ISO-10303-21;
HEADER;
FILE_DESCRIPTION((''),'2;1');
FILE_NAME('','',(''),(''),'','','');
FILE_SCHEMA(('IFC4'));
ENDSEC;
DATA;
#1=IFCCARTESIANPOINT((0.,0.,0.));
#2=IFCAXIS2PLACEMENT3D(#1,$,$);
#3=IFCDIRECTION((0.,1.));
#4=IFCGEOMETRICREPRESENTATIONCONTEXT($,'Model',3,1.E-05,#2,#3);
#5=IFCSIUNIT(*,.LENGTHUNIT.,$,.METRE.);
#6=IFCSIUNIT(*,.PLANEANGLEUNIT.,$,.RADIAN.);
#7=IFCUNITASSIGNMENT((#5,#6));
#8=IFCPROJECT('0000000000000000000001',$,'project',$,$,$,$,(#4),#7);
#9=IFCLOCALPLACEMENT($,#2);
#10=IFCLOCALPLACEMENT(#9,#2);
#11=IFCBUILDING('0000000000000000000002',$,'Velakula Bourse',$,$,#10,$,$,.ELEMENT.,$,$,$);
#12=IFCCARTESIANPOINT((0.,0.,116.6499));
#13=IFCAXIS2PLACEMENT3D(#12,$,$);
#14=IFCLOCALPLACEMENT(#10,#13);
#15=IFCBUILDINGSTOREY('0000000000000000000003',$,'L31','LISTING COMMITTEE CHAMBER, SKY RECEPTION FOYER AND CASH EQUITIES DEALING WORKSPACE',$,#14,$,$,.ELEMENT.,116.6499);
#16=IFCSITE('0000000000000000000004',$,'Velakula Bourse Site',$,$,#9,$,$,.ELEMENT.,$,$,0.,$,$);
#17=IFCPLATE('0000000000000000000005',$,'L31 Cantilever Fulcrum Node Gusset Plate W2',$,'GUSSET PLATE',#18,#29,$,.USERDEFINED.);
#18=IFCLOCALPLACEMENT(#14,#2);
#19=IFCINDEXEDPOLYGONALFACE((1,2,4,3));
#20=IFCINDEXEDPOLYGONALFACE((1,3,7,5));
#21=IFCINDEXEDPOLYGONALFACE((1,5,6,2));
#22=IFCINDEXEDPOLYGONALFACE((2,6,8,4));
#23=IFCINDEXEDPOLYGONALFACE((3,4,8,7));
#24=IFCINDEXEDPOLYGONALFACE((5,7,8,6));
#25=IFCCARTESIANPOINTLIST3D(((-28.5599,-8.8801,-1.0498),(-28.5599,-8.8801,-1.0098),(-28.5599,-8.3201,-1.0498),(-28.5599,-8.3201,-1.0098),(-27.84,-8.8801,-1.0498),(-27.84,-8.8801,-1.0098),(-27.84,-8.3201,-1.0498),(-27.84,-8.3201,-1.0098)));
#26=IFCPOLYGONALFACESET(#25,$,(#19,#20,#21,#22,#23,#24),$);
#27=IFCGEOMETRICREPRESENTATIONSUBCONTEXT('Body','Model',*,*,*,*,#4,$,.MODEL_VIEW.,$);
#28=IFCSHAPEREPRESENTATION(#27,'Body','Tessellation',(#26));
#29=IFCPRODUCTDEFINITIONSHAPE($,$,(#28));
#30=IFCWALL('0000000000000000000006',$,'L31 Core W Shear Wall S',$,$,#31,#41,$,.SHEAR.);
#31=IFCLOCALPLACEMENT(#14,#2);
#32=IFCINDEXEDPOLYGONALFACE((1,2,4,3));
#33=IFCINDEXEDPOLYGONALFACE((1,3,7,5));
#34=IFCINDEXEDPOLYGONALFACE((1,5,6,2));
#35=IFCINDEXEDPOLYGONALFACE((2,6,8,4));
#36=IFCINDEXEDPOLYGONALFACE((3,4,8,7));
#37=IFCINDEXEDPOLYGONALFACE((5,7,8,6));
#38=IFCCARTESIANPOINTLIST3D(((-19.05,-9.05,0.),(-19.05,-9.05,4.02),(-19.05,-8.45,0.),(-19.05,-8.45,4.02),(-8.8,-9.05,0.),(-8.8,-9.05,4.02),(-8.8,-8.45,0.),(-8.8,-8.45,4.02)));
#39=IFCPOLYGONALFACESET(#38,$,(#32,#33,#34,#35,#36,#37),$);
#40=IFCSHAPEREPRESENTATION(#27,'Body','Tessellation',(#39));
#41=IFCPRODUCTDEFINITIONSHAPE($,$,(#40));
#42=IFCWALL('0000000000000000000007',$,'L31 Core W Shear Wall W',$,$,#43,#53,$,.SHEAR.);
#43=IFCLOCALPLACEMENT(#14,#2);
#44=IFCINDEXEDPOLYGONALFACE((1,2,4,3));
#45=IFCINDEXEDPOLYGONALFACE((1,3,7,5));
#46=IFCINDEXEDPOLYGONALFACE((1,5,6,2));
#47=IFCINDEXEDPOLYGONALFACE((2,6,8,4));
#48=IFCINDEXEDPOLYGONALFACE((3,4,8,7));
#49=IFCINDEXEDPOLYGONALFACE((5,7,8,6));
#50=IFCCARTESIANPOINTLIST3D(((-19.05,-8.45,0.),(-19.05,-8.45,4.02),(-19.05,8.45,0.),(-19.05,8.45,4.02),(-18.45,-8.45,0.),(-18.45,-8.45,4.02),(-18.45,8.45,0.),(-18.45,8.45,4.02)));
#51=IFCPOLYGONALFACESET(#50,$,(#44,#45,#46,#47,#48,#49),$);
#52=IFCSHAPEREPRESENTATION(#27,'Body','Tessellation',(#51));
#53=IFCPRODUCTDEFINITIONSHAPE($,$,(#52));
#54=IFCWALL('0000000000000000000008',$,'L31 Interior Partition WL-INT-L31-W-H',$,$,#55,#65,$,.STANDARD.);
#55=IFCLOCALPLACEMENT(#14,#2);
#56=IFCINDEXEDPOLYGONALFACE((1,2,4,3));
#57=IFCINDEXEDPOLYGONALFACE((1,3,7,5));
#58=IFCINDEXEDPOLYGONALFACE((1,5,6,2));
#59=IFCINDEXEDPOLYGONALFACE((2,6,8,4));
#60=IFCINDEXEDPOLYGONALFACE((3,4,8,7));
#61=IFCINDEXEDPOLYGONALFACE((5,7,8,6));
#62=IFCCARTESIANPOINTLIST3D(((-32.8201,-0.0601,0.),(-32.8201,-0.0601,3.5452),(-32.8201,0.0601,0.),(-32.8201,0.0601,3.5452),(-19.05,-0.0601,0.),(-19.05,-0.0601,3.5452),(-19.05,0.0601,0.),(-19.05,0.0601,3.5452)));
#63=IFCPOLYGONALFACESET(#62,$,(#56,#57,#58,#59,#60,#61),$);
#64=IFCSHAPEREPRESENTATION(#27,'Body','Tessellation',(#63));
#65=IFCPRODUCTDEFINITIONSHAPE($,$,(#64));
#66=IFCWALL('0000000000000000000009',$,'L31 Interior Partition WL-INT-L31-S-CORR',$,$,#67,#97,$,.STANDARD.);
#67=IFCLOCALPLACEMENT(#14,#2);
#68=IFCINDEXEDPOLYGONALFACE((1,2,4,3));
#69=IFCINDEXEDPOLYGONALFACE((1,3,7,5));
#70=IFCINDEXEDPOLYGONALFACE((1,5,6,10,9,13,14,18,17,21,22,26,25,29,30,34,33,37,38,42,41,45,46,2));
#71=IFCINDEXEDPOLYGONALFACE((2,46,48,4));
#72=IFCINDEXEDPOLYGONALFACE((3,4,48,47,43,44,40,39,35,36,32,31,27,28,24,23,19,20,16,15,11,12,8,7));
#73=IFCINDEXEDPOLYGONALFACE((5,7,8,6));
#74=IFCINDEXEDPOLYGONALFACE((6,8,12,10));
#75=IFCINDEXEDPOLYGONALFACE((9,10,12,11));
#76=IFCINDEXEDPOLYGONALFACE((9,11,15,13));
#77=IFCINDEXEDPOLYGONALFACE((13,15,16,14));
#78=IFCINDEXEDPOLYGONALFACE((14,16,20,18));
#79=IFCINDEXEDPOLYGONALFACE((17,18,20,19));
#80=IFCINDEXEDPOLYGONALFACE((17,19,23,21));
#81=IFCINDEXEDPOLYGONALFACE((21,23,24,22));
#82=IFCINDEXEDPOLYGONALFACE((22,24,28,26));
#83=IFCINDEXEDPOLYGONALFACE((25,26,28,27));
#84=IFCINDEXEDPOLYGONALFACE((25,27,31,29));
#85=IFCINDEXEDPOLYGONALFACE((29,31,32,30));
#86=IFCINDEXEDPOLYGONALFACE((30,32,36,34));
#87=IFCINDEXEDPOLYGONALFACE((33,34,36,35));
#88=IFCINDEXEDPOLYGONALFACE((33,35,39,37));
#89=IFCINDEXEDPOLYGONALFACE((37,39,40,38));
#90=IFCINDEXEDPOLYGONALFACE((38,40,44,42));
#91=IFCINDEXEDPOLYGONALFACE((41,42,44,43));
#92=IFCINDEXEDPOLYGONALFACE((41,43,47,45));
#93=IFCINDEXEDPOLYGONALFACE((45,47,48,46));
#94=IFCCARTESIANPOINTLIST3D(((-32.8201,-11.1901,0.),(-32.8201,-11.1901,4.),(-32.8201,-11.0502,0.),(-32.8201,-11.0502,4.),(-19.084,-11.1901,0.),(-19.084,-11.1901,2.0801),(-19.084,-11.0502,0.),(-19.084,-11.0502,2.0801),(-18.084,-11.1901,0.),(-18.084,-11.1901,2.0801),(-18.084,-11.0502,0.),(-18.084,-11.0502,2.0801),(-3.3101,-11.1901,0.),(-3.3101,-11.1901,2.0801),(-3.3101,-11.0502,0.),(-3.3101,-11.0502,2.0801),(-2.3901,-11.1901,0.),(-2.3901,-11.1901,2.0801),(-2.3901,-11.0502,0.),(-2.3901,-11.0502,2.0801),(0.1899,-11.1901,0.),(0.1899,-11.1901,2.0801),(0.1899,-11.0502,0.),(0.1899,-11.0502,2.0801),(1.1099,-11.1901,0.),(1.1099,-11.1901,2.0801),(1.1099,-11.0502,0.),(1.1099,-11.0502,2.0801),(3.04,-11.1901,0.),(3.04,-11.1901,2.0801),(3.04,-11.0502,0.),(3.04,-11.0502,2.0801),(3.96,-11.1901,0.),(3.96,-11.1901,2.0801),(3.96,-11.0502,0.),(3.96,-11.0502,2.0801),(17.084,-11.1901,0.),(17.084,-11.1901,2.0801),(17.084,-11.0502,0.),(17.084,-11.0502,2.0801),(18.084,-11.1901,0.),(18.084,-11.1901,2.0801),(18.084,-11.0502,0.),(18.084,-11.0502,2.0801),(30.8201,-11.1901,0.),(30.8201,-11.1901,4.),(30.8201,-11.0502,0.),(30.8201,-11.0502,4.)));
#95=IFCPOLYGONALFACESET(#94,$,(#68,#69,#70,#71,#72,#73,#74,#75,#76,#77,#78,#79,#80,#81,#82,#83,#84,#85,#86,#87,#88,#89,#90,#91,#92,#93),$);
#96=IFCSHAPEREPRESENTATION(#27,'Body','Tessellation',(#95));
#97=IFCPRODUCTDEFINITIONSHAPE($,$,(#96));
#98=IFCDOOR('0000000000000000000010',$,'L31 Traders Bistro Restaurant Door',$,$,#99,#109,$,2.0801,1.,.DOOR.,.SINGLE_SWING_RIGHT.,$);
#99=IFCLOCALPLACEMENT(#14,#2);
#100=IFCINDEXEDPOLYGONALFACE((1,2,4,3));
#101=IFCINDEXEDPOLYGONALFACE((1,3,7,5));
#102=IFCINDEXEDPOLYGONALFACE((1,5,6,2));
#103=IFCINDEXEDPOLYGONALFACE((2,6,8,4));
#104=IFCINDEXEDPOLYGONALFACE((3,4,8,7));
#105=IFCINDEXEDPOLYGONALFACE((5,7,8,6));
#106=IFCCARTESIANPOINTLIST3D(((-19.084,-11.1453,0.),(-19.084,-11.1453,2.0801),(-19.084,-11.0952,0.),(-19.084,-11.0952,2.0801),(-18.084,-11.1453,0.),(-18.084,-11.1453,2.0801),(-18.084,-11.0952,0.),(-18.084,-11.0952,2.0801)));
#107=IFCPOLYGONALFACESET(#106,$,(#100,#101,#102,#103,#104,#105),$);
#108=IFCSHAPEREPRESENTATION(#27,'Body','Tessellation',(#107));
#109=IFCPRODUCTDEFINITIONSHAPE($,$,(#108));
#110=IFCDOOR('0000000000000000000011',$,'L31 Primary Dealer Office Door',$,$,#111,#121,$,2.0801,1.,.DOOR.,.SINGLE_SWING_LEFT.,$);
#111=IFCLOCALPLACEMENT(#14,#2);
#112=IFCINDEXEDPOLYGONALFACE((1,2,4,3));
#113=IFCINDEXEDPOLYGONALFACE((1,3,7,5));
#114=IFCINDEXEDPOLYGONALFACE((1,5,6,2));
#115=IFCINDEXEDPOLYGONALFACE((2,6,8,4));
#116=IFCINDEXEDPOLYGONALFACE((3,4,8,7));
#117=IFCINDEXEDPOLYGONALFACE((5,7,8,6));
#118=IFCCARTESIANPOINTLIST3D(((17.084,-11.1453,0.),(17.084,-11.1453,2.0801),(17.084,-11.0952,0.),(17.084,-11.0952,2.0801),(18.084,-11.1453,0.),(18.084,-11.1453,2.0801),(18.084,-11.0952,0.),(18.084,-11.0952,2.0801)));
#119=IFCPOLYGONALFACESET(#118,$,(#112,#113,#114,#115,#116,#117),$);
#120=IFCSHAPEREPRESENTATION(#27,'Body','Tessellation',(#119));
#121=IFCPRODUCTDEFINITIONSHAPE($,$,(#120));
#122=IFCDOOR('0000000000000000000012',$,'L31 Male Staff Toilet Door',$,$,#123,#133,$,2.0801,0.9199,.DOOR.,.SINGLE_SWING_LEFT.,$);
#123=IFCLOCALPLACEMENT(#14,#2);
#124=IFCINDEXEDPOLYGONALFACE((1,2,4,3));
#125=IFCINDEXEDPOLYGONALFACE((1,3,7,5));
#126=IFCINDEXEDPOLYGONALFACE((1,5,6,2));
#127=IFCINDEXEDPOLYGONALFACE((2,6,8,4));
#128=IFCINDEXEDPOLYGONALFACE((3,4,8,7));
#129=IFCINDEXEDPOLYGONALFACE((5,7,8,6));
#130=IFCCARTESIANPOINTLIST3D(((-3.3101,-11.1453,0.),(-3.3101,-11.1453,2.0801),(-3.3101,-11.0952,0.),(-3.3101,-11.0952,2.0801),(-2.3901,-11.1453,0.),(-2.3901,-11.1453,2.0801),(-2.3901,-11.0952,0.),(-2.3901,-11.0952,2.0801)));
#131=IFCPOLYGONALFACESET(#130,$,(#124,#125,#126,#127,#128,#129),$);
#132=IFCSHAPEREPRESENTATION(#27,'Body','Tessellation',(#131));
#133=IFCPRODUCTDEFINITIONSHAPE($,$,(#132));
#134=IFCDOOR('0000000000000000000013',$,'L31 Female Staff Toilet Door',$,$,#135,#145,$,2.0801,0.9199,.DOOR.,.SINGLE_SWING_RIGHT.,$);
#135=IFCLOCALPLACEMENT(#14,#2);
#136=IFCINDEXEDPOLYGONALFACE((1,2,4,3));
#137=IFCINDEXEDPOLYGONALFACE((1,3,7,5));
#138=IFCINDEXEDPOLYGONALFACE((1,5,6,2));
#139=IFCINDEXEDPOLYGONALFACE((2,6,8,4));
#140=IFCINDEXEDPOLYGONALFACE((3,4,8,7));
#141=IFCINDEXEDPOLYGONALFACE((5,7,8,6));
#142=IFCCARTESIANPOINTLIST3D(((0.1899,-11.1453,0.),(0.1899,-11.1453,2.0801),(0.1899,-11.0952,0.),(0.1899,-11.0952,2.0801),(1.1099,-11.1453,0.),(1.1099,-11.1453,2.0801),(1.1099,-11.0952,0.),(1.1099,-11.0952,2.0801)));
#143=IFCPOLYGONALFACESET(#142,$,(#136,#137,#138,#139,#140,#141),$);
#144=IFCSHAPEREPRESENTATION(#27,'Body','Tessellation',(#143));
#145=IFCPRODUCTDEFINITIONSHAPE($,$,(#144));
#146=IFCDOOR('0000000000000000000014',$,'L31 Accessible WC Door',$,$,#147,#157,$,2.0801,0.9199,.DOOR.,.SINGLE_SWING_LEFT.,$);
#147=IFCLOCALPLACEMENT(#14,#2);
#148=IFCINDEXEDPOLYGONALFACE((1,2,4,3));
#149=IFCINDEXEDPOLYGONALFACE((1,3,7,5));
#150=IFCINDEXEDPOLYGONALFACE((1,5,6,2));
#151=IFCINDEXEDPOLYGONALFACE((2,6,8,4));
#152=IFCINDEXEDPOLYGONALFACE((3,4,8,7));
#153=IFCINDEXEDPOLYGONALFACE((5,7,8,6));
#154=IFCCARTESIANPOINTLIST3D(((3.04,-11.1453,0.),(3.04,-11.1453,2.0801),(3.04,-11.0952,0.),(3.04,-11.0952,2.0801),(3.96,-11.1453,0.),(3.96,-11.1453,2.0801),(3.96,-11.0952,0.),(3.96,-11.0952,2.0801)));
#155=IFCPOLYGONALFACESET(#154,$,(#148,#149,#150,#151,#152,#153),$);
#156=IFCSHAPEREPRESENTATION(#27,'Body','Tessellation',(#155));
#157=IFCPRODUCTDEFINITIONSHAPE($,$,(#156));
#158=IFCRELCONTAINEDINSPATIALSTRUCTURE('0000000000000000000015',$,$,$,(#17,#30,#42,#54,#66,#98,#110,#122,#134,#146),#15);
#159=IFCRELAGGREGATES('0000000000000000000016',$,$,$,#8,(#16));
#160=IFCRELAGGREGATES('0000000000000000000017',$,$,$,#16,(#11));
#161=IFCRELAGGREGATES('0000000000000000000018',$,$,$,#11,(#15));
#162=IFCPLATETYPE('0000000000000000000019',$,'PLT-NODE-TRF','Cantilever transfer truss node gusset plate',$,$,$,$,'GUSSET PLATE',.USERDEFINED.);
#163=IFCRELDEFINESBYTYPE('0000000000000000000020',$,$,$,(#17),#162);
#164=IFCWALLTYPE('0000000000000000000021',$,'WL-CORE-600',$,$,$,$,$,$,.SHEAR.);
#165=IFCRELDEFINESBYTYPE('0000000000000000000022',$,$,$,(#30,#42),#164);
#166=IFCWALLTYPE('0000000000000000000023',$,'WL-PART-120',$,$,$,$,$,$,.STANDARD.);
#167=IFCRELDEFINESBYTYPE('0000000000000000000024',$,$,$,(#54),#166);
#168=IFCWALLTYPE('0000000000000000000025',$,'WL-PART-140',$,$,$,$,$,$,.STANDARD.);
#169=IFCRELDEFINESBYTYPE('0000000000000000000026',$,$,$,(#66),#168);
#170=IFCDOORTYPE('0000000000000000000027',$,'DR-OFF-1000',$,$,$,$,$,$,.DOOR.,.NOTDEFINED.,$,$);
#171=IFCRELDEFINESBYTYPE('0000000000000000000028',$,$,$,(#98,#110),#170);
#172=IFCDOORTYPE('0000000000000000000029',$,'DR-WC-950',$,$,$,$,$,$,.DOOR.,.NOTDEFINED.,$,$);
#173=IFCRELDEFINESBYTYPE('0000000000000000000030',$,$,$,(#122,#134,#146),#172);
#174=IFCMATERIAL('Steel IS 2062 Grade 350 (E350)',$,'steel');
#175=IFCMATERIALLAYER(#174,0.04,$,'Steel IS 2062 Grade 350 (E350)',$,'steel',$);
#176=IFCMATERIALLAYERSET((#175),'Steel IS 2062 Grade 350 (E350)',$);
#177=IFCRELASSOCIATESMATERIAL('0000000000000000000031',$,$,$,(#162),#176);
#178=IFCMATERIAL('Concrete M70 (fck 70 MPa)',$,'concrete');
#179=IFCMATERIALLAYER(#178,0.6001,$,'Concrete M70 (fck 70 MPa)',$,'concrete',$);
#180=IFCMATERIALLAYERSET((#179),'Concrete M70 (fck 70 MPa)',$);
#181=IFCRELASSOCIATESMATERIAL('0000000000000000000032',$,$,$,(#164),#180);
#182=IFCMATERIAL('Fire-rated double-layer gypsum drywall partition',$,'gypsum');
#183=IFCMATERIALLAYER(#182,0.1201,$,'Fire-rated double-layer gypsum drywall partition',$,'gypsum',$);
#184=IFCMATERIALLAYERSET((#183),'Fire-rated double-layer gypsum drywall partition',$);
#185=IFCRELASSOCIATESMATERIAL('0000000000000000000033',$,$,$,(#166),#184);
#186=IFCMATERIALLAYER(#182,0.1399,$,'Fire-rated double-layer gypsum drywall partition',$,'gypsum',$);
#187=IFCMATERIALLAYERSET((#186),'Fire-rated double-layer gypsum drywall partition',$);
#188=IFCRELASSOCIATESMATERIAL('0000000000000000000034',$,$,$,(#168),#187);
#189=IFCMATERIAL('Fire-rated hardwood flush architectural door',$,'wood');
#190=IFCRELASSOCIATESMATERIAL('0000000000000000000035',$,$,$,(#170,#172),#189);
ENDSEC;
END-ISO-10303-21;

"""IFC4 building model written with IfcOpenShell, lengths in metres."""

from ifc_helpers import new_model, si_unit, direction, frame, frame_2d, origin, origin_2d, place, context, subcontext, project, spatial, rectangle, extrude, material, layer, layer_set, type_object, element, fill, save


model = new_model("IFC4")

# Units and contexts
model_context = context("Model", 3, precision=1e-05, world=origin(), true_north=direction((0.0, 1.0)))
body_context = subcontext(model_context, "Body", "Model", "MODEL_VIEW")
ifc_project = project(units=[si_unit("LENGTHUNIT", "METRE"), si_unit("PLANEANGLEUNIT", "RADIAN")], contexts=[model_context])

# Site, building, storey
site_placement = place(None, origin())
site = spatial("IfcSite", under=ifc_project, at=site_placement, Name="Velakula Bourse Site", CompositionType="ELEMENT", RefElevation=0.0)
building_placement = place(site_placement, origin())
building = spatial("IfcBuilding", under=site, at=building_placement, Name="Velakula Bourse", CompositionType="ELEMENT")
storey_placement = place(building_placement, frame((0.0, 0.0, 116.6499)))
storey = spatial("IfcBuildingStorey", under=building, at=storey_placement, Name="L31", Description="LISTING COMMITTEE CHAMBER, SKY RECEPTION FOYER AND CASH EQUITIES DEALING WORKSPACE", CompositionType="ELEMENT", Elevation=116.6499)

# Shared definitions
ifc_material_1 = material(Name="Steel IS 2062 Grade 350 (E350)", Category="steel")

# Plate
ifc_layer_1 = layer(ifc_material_1, 0.04, Name="Steel IS 2062 Grade 350 (E350)", Category="steel")
ifc_layer_set_1 = layer_set([ifc_layer_1], Name="Steel IS 2062 Grade 350 (E350)")
plate_type = type_object("IfcPlateType", Name="PLT-NODE-TRF", Description="Cantilever transfer truss node gusset plate", ElementType="GUSSET PLATE", PredefinedType="USERDEFINED", material=ifc_layer_set_1)
plate_1_placement = place(storey_placement, frame((-28.2, -8.6001, -1.0498), z_axis=(0.0, 0.0, 1.0), x_axis=(1.0, 0.0, 0.0)))
element("IfcPlate", 1, at=plate_1_placement, inside=storey, type_object=plate_type, Name="L31 Cantilever Fulcrum Node Gusset Plate W2", ObjectType="GUSSET PLATE", PredefinedType="USERDEFINED", context=body_context, shape_type="SweptSolid", body=[
    extrude(rectangle(XDim=0.72, YDim=0.5601, at=origin_2d()), origin(), (0.0, 0.0, 1.0), 0.04),
])

# Walls
ifc_material_2 = material(Name="Concrete M70 (fck 70 MPa)", Category="concrete")
ifc_layer_2 = layer(ifc_material_2, 0.6001, Name="Concrete M70 (fck 70 MPa)", Category="concrete")
ifc_layer_set_2 = layer_set([ifc_layer_2], Name="Concrete M70 (fck 70 MPa)")
wall_type_1 = type_object("IfcWallType", Name="WL-CORE-600", PredefinedType="SHEAR", material=ifc_layer_set_2)
wall_1_placement = place(storey_placement, frame((-19.05, -8.75, 0.0), z_axis=(0.0, 0.0, 1.0), x_axis=(1.0, 0.0, 0.0)))
element("IfcWall", 2, at=wall_1_placement, inside=storey, type_object=wall_type_1, Name="L31 Core W Shear Wall S", PredefinedType="SHEAR", context=body_context, shape_type="SweptSolid", body=[
    extrude(rectangle(XDim=10.25, YDim=0.6001, at=frame_2d((5.125, 0.0))), origin(), (0.0, 0.0, 1.0), 4.02),
])
wall_2_placement = place(storey_placement, frame((-18.75, -8.45, 0.0), z_axis=(0.0, 0.0, 1.0), x_axis=(0.0, 1.0, 0.0)))
element("IfcWall", 3, at=wall_2_placement, inside=storey, type_object=wall_type_1, Name="L31 Core W Shear Wall W", PredefinedType="SHEAR", context=body_context, shape_type="SweptSolid", body=[
    extrude(rectangle(XDim=16.8999, YDim=0.6001, at=frame_2d((8.45, 0.0))), origin(), (0.0, 0.0, 1.0), 4.02),
])
ifc_material_3 = material(Name="Fire-rated double-layer gypsum drywall partition", Category="gypsum")
ifc_layer_3 = layer(ifc_material_3, 0.1201, Name="Fire-rated double-layer gypsum drywall partition", Category="gypsum")
ifc_layer_set_3 = layer_set([ifc_layer_3], Name="Fire-rated double-layer gypsum drywall partition")
wall_type_2 = type_object("IfcWallType", Name="WL-PART-120", PredefinedType="STANDARD", material=ifc_layer_set_3)
wall_3_placement = place(storey_placement, frame((-32.8201, 0.0, 0.0), z_axis=(0.0, 0.0, 1.0), x_axis=(1.0, 0.0, 0.0)))
element("IfcWall", 4, at=wall_3_placement, inside=storey, type_object=wall_type_2, Name="L31 Interior Partition WL-INT-L31-W-H", PredefinedType="STANDARD", context=body_context, shape_type="SweptSolid", body=[
    extrude(rectangle(XDim=13.77, YDim=0.1201, at=frame_2d((6.885, 0.0))), origin(), (0.0, 0.0, 1.0), 3.5452),
])

# Wall, openings, doors
ifc_layer_4 = layer(ifc_material_3, 0.1399, Name="Fire-rated double-layer gypsum drywall partition", Category="gypsum")
ifc_layer_set_4 = layer_set([ifc_layer_4], Name="Fire-rated double-layer gypsum drywall partition")
wall_type_3 = type_object("IfcWallType", Name="WL-PART-140", PredefinedType="STANDARD", material=ifc_layer_set_4)
wall_4_placement = place(storey_placement, frame((-32.8201, -11.1201, 0.0), z_axis=(0.0, 0.0, 1.0), x_axis=(1.0, 0.0, 0.0)))
wall_4 = element("IfcWall", 5, at=wall_4_placement, inside=storey, type_object=wall_type_3, Name="L31 Interior Partition WL-INT-L31-S-CORR", PredefinedType="STANDARD", context=body_context, shape_type="SweptSolid", body=[
    extrude(rectangle(XDim=63.6401, YDim=0.1399, at=frame_2d((31.8201, 0.0))), origin(), (0.0, 0.0, 1.0), 4.0),
])
opening_1_placement = place(wall_4_placement, frame((29.51, 0.0, 0.0)))
opening_1 = element("IfcOpeningElement", 6, at=opening_1_placement, cuts=wall_4, PredefinedType="OPENING", context=body_context, shape_type="SweptSolid", body=[
    extrude(rectangle(XDim=0.9199, YDim=2.0801, at=frame_2d((0.46, 1.04))), frame((0.0, 0.0798, 0.0), z_axis=(0.0, -1.0, 0.0), x_axis=(1.0, 0.0, 0.0)), (0.0, 0.0, 1.0), 0.1599),
])
opening_2_placement = place(wall_4_placement, frame((33.01, 0.0, 0.0)))
opening_2 = element("IfcOpeningElement", 7, at=opening_2_placement, cuts=wall_4, PredefinedType="OPENING", context=body_context, shape_type="SweptSolid", body=[
    extrude(rectangle(XDim=0.9199, YDim=2.0801, at=frame_2d((0.46, 1.04))), frame((0.0, 0.0798, 0.0), z_axis=(0.0, -1.0, 0.0), x_axis=(1.0, 0.0, 0.0)), (0.0, 0.0, 1.0), 0.1599),
])
opening_3_placement = place(wall_4_placement, frame((35.8601, 0.0, 0.0)))
opening_3 = element("IfcOpeningElement", 8, at=opening_3_placement, cuts=wall_4, PredefinedType="OPENING", context=body_context, shape_type="SweptSolid", body=[
    extrude(rectangle(XDim=0.9199, YDim=2.0801, at=frame_2d((0.46, 1.04))), frame((0.0, 0.0798, 0.0), z_axis=(0.0, -1.0, 0.0), x_axis=(1.0, 0.0, 0.0)), (0.0, 0.0, 1.0), 0.1599),
])
opening_4_placement = place(wall_4_placement, frame((13.7361, 0.0, 0.0)))
opening_4 = element("IfcOpeningElement", 9, at=opening_4_placement, cuts=wall_4, PredefinedType="OPENING", context=body_context, shape_type="SweptSolid", body=[
    extrude(rectangle(XDim=1.0, YDim=2.0801, at=frame_2d((0.5, 1.04))), frame((0.0, 0.0798, 0.0), z_axis=(0.0, -1.0, 0.0), x_axis=(1.0, 0.0, 0.0)), (0.0, 0.0, 1.0), 0.1599),
])
opening_5_placement = place(wall_4_placement, frame((49.9041, 0.0, 0.0)))
opening_5 = element("IfcOpeningElement", 10, at=opening_5_placement, cuts=wall_4, PredefinedType="OPENING", context=body_context, shape_type="SweptSolid", body=[
    extrude(rectangle(XDim=1.0, YDim=2.0801, at=frame_2d((0.5, 1.04))), frame((0.0, 0.0798, 0.0), z_axis=(0.0, -1.0, 0.0), x_axis=(1.0, 0.0, 0.0)), (0.0, 0.0, 1.0), 0.1599),
])
ifc_material_4 = material(Name="Fire-rated hardwood flush architectural door", Category="wood")
door_type_1 = type_object("IfcDoorType", Name="DR-OFF-1000", OperationType="NOTDEFINED", PredefinedType="DOOR", material=ifc_material_4)
door_1_placement = place(opening_4_placement, origin())
door_1 = element("IfcDoor", 11, at=door_1_placement, inside=storey, type_object=door_type_1, Name="L31 Traders Bistro Restaurant Door", OperationType="SINGLE_SWING_RIGHT", OverallHeight=2.0801, OverallWidth=1.0, PredefinedType="DOOR", context=body_context, shape_type="SweptSolid", body=[
    extrude(rectangle(XDim=1.0, YDim=2.0801, at=frame_2d((0.5, 1.04))), frame((0.0, 0.0249, 0.0), z_axis=(0.0, -1.0, 0.0), x_axis=(1.0, 0.0, 0.0)), (0.0, 0.0, 1.0), 0.05),
])
fill(opening_4, door_1)
door_2_placement = place(opening_5_placement, origin())
door_2 = element("IfcDoor", 12, at=door_2_placement, inside=storey, type_object=door_type_1, Name="L31 Primary Dealer Office Door", OperationType="SINGLE_SWING_LEFT", OverallHeight=2.0801, OverallWidth=1.0, PredefinedType="DOOR", context=body_context, shape_type="SweptSolid", body=[
    extrude(rectangle(XDim=1.0, YDim=2.0801, at=frame_2d((0.5, 1.04))), frame((0.0, 0.0249, 0.0), z_axis=(0.0, -1.0, 0.0), x_axis=(1.0, 0.0, 0.0)), (0.0, 0.0, 1.0), 0.05),
])
fill(opening_5, door_2)
door_type_2 = type_object("IfcDoorType", Name="DR-WC-950", OperationType="NOTDEFINED", PredefinedType="DOOR", material=ifc_material_4)
door_3_placement = place(opening_1_placement, origin())
door_3 = element("IfcDoor", 13, at=door_3_placement, inside=storey, type_object=door_type_2, Name="L31 Male Staff Toilet Door", OperationType="SINGLE_SWING_LEFT", OverallHeight=2.0801, OverallWidth=0.9199, PredefinedType="DOOR", context=body_context, shape_type="SweptSolid", body=[
    extrude(rectangle(XDim=0.9199, YDim=2.0801, at=frame_2d((0.46, 1.04))), frame((0.0, 0.0249, 0.0), z_axis=(0.0, -1.0, 0.0), x_axis=(1.0, 0.0, 0.0)), (0.0, 0.0, 1.0), 0.05),
])
fill(opening_1, door_3)
door_4_placement = place(opening_2_placement, origin())
door_4 = element("IfcDoor", 14, at=door_4_placement, inside=storey, type_object=door_type_2, Name="L31 Female Staff Toilet Door", OperationType="SINGLE_SWING_RIGHT", OverallHeight=2.0801, OverallWidth=0.9199, PredefinedType="DOOR", context=body_context, shape_type="SweptSolid", body=[
    extrude(rectangle(XDim=0.9199, YDim=2.0801, at=frame_2d((0.46, 1.04))), frame((0.0, 0.0249, 0.0), z_axis=(0.0, -1.0, 0.0), x_axis=(1.0, 0.0, 0.0)), (0.0, 0.0, 1.0), 0.05),
])
fill(opening_2, door_4)
door_5_placement = place(opening_3_placement, origin())
door_5 = element("IfcDoor", 15, at=door_5_placement, inside=storey, type_object=door_type_2, Name="L31 Accessible WC Door", OperationType="SINGLE_SWING_LEFT", OverallHeight=2.0801, OverallWidth=0.9199, PredefinedType="DOOR", context=body_context, shape_type="SweptSolid", body=[
    extrude(rectangle(XDim=0.9199, YDim=2.0801, at=frame_2d((0.46, 1.04))), frame((0.0, 0.0249, 0.0), z_axis=(0.0, -1.0, 0.0), x_axis=(1.0, 0.0, 0.0)), (0.0, 0.0, 1.0), 0.05),
])
fill(opening_3, door_5)

save(model, "model.ifc")
